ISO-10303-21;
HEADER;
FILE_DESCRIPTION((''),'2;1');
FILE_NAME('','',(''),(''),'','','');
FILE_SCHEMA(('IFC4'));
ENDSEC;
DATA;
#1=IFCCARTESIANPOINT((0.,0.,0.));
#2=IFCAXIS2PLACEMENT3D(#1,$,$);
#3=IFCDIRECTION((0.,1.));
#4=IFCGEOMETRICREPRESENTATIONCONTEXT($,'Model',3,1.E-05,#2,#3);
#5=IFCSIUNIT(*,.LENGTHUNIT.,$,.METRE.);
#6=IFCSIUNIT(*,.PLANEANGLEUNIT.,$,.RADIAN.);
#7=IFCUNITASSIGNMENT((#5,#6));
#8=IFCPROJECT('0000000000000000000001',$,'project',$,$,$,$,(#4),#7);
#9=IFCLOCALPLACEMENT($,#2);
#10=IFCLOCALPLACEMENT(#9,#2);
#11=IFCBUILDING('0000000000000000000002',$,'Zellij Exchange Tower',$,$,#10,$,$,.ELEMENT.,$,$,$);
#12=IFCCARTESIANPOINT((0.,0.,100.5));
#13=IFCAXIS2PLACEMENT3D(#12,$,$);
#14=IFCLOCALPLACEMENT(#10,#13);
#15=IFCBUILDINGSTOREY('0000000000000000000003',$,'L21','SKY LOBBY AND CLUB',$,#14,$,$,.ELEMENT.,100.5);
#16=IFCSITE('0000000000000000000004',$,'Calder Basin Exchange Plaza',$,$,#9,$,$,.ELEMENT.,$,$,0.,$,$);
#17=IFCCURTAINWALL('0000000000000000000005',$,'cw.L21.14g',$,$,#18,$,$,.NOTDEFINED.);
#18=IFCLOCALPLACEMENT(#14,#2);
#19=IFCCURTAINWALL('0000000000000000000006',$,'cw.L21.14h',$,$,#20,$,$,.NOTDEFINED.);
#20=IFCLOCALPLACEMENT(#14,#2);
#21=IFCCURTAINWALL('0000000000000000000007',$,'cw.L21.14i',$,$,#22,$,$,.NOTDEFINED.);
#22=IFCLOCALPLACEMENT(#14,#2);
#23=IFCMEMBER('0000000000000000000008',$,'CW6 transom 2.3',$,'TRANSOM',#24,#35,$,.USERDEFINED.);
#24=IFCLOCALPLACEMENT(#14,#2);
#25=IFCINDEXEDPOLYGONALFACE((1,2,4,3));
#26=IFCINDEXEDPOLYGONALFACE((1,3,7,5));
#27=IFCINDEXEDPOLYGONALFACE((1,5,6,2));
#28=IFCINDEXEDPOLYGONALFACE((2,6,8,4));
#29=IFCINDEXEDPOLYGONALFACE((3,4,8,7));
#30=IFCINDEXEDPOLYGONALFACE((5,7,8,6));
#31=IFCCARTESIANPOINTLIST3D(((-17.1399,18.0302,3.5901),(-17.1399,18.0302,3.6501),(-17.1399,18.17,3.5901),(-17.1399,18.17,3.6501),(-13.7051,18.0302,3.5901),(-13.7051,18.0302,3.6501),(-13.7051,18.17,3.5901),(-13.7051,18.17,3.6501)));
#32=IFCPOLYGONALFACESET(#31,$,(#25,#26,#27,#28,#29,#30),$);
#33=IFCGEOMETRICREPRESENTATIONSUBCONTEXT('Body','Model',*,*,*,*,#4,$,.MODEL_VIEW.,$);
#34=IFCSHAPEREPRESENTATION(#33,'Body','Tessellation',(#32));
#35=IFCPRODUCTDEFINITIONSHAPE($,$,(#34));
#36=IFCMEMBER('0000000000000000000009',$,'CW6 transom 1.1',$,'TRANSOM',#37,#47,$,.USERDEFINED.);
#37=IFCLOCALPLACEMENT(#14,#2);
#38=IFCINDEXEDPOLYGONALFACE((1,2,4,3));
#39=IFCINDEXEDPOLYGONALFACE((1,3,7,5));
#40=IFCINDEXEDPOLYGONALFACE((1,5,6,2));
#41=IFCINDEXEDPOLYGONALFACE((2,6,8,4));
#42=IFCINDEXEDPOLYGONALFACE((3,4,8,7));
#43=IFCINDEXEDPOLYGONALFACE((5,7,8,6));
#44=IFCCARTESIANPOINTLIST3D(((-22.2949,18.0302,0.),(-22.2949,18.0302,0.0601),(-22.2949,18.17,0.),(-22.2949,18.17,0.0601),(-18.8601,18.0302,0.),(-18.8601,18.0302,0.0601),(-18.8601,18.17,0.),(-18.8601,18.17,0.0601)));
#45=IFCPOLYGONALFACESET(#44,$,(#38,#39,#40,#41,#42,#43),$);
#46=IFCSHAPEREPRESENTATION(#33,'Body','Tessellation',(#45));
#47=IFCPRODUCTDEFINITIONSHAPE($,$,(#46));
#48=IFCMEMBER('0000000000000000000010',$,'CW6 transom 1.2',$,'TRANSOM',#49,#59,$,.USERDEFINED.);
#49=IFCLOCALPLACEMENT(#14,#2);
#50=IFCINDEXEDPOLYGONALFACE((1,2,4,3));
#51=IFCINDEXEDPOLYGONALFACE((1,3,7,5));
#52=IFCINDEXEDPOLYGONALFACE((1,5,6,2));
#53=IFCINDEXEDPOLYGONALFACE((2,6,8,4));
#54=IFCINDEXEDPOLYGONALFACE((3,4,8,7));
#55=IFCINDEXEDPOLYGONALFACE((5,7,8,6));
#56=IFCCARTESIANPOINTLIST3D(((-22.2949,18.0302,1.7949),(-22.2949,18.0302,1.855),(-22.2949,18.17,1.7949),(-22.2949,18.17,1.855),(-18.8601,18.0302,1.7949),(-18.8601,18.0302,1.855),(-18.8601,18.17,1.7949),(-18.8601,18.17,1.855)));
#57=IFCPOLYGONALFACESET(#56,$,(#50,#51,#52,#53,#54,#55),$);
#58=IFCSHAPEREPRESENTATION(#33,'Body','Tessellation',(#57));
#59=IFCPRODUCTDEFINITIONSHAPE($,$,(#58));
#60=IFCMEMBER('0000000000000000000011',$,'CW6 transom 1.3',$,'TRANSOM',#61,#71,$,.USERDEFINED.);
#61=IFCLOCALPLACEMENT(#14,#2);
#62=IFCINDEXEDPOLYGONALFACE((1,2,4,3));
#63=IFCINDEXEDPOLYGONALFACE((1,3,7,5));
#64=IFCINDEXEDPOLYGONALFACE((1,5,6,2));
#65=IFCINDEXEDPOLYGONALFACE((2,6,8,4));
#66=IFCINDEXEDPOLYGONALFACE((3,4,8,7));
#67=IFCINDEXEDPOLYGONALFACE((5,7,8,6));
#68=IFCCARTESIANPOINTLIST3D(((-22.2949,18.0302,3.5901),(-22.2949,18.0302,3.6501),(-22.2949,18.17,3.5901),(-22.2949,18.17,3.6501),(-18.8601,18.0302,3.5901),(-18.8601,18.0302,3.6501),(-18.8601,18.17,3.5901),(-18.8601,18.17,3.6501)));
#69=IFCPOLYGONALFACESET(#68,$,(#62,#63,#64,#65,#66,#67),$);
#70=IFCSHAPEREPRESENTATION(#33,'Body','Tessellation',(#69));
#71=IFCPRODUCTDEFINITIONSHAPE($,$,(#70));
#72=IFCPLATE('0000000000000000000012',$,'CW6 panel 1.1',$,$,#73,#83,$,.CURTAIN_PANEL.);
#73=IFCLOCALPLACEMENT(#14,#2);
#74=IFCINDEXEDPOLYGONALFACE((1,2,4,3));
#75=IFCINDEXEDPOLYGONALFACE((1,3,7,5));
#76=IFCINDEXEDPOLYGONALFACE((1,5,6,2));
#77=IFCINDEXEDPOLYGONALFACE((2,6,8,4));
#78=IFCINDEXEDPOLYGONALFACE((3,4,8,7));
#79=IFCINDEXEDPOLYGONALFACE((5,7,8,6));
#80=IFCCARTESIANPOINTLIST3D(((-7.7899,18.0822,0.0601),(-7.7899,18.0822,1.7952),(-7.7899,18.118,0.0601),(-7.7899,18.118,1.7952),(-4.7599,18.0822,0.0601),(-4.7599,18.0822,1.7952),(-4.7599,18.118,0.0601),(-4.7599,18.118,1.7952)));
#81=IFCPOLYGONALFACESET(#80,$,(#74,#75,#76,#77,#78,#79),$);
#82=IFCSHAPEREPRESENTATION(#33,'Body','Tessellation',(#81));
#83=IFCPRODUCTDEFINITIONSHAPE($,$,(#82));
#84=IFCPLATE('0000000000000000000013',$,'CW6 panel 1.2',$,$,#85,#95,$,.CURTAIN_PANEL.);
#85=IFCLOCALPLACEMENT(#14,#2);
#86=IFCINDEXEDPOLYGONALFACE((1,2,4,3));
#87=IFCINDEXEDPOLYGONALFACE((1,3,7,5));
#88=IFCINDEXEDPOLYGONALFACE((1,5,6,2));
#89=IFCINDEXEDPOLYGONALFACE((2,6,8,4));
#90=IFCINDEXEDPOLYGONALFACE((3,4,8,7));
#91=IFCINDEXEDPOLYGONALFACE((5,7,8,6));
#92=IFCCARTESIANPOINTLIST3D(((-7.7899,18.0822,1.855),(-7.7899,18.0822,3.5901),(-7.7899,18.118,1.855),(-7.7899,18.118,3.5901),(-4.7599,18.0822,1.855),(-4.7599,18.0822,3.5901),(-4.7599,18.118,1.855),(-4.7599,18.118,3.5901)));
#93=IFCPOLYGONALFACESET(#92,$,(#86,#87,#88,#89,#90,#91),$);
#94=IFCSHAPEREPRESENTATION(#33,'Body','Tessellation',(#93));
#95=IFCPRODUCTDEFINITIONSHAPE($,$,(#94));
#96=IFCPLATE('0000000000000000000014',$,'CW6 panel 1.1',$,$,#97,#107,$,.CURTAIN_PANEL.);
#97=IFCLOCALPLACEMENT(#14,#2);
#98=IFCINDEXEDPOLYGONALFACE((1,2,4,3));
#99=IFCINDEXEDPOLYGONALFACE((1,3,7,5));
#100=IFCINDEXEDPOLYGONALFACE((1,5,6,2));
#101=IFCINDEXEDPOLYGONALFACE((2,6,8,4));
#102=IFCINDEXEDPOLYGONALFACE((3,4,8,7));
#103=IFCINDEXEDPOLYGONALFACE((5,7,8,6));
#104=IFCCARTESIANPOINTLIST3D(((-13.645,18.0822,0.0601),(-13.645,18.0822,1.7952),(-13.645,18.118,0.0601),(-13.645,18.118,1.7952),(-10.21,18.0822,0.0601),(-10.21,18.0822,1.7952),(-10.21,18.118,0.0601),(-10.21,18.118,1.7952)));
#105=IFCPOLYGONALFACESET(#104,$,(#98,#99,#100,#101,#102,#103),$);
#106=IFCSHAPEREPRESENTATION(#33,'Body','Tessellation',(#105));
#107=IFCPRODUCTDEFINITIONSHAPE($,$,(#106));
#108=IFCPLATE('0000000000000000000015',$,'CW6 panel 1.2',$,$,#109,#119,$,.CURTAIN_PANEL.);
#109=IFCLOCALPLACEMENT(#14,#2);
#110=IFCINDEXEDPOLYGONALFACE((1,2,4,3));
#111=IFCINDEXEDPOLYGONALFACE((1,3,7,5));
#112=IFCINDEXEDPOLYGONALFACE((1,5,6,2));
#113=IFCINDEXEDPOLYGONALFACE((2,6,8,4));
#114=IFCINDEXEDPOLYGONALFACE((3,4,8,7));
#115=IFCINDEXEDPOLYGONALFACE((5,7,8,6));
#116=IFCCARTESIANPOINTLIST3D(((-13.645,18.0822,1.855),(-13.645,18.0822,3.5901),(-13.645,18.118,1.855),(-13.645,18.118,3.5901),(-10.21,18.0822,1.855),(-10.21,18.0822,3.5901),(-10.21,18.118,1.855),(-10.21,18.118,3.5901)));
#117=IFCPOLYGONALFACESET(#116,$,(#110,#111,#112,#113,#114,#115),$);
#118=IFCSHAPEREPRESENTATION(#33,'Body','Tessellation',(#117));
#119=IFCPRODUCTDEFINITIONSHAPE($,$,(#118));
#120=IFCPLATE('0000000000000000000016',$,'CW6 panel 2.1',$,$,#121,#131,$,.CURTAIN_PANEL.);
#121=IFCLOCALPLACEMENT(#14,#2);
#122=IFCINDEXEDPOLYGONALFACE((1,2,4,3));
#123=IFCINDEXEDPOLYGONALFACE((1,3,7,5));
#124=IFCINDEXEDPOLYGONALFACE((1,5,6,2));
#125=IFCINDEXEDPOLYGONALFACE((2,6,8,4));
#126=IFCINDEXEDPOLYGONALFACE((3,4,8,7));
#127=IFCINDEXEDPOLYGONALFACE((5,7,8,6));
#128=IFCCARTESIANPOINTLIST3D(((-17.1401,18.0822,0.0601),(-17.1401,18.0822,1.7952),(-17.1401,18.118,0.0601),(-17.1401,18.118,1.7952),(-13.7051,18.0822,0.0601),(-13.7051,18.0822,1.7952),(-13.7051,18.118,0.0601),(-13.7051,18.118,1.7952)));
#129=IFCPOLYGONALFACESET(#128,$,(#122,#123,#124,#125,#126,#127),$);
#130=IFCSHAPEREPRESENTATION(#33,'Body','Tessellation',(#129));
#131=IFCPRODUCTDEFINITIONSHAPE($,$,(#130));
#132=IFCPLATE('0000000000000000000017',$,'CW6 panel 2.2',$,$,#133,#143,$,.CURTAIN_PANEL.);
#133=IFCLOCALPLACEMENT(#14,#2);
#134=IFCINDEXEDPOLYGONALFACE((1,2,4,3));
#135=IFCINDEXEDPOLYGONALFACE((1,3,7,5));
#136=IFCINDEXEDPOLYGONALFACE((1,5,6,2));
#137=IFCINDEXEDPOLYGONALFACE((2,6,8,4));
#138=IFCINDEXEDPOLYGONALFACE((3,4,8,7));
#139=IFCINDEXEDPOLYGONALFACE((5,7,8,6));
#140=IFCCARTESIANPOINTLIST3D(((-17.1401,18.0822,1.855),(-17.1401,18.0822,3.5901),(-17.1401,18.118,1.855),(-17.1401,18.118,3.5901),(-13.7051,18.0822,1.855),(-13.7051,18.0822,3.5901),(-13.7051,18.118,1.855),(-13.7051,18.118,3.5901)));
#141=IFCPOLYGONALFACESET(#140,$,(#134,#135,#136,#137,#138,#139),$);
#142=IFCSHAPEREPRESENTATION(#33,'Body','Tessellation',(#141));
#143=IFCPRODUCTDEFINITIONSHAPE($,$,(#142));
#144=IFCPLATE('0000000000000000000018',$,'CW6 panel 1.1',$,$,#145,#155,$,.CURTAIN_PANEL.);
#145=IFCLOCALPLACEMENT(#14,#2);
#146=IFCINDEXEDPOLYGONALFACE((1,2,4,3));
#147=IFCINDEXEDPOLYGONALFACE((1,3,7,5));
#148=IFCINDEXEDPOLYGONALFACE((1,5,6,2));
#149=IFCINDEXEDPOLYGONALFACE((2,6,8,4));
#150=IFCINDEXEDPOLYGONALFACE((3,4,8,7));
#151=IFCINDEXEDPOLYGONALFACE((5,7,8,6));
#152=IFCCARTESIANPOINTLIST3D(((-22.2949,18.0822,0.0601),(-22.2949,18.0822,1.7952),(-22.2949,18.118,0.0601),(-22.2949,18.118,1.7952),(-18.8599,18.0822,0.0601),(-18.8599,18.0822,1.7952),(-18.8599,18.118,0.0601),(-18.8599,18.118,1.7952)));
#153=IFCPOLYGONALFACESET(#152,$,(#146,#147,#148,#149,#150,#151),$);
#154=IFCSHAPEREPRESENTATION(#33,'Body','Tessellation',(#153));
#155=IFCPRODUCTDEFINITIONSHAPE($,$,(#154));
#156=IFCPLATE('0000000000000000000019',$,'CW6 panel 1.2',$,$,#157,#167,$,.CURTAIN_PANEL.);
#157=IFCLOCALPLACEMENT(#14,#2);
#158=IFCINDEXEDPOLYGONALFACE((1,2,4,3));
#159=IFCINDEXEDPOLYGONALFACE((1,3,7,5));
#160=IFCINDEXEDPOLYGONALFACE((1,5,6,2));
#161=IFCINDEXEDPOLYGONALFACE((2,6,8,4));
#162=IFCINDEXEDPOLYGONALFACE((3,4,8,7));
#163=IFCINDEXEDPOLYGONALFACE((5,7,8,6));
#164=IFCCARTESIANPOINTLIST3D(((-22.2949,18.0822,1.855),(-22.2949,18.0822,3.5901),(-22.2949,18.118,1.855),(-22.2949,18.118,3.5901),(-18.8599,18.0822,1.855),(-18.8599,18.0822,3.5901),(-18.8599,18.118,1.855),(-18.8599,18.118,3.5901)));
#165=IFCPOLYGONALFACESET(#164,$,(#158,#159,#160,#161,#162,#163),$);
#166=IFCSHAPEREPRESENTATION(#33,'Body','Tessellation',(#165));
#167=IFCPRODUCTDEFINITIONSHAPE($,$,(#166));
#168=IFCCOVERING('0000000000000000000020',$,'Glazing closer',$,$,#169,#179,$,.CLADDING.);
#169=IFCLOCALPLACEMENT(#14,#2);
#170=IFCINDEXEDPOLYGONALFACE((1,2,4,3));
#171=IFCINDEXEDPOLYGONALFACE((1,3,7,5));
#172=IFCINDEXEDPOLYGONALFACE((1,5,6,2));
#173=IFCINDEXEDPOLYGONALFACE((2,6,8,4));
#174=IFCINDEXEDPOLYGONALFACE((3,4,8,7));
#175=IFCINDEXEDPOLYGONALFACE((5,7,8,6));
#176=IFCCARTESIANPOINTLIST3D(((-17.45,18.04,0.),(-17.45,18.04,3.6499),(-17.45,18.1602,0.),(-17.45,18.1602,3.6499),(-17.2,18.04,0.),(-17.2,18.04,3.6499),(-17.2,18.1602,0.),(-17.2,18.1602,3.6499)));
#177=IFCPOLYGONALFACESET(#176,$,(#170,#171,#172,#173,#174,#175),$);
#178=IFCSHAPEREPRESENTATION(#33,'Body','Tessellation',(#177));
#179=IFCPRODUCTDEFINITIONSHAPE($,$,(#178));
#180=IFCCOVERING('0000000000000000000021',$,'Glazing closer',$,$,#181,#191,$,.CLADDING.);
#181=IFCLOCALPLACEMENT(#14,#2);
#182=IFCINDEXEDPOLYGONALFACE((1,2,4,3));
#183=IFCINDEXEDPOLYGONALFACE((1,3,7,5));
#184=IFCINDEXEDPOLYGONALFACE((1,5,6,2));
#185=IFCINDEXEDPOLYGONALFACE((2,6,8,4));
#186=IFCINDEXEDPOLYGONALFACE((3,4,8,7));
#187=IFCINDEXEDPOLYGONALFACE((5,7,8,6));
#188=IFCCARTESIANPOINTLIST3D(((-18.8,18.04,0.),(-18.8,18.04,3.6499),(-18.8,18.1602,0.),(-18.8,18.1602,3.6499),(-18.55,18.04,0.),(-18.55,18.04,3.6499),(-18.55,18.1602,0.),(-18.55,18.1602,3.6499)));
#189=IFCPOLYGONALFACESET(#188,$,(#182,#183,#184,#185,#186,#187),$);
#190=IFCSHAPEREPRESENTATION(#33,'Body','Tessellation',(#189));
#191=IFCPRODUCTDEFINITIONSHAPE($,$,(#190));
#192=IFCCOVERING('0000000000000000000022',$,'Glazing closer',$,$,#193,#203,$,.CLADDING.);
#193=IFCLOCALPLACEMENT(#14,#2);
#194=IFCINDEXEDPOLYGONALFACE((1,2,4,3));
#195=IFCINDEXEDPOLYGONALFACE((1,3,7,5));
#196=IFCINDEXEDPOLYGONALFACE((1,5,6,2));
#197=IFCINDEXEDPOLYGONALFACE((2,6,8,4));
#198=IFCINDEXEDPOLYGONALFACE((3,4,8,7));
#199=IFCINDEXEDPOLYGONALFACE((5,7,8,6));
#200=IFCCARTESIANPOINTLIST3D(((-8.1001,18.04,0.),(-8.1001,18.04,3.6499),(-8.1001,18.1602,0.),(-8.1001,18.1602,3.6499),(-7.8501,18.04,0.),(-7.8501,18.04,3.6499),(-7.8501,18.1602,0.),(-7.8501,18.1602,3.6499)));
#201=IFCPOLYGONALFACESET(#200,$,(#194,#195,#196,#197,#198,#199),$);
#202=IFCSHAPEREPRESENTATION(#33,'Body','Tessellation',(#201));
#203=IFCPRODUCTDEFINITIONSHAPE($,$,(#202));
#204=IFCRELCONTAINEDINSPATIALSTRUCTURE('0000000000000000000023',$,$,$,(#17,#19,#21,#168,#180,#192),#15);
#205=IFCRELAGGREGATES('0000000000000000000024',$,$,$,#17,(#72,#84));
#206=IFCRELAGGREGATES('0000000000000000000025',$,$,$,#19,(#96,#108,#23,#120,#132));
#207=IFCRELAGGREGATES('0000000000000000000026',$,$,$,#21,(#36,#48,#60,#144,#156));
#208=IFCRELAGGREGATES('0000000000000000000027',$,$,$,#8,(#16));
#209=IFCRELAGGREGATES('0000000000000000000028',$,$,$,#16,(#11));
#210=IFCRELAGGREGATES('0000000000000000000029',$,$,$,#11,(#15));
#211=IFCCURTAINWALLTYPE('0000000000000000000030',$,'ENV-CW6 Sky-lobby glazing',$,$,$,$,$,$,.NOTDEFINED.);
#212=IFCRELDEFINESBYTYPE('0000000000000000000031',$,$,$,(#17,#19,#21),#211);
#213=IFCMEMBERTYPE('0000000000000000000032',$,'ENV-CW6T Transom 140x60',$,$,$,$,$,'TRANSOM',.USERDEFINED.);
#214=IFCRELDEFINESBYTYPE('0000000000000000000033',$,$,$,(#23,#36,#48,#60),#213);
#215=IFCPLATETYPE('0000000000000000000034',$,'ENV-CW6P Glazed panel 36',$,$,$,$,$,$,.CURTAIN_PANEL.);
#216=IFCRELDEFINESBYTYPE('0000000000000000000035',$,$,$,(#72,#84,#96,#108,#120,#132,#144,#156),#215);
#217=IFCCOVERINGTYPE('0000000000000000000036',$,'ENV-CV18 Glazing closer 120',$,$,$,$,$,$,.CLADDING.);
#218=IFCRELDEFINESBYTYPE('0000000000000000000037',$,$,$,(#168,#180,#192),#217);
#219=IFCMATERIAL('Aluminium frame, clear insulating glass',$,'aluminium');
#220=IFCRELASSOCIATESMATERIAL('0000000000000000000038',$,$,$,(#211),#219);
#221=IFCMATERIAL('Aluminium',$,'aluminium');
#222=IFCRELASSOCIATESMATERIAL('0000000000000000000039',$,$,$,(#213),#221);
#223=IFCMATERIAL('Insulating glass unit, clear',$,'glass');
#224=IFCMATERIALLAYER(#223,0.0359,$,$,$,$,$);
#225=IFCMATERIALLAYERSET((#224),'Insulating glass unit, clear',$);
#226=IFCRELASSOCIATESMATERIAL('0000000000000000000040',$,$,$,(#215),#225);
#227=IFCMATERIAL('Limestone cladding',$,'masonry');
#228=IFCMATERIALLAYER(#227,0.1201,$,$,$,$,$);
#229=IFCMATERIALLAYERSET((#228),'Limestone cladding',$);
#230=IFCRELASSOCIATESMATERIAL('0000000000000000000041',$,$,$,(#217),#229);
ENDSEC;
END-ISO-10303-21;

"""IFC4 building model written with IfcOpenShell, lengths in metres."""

from ifc_helpers import new_model, si_unit, direction, frame, origin, origin_2d, place, context, subcontext, project, spatial, rectangle, extrude, material, layer, layer_set, material_profile, profile_set, type_object, element, aggregate, save


model = new_model("IFC4")

# Units and contexts
model_context = context("Model", 3, precision=1e-05, world=origin(), true_north=direction((0.0, 1.0)))
body_context = subcontext(model_context, "Body", "Model", "MODEL_VIEW")
ifc_project = project(units=[si_unit("LENGTHUNIT", "METRE"), si_unit("PLANEANGLEUNIT", "RADIAN")], contexts=[model_context])

# Site, building, storey
site_placement = place(None, origin())
site = spatial("IfcSite", under=ifc_project, at=site_placement, Name="Calder Basin Exchange Plaza", CompositionType="ELEMENT", RefElevation=0.0)
building_placement = place(site_placement, origin())
building = spatial("IfcBuilding", under=site, at=building_placement, Name="Zellij Exchange Tower", CompositionType="ELEMENT")
storey_placement = place(building_placement, frame((0.0, 0.0, 100.5)))
storey = spatial("IfcBuildingStorey", under=building, at=storey_placement, Name="L21", Description="SKY LOBBY AND CLUB", CompositionType="ELEMENT", Elevation=100.5)

# Curtain walls
ifc_material_1 = material(Name="Aluminium frame, clear insulating glass", Category="aluminium")
curtain_wall_type = type_object("IfcCurtainWallType", Name="ENV-CW6 Sky-lobby glazing", PredefinedType="NOTDEFINED", material=ifc_material_1)
curtain_wall_1_placement = place(storey_placement, origin())
curtain_wall_1 = element("IfcCurtainWall", 1, at=curtain_wall_1_placement, inside=storey, type_object=curtain_wall_type, Name="cw.L21.14g", PredefinedType="NOTDEFINED")
ifc_material_2 = material(Name="Aluminium", Category="aluminium")
curtain_wall_2_placement = place(storey_placement, origin())
curtain_wall_2 = element("IfcCurtainWall", 2, at=curtain_wall_2_placement, inside=storey, type_object=curtain_wall_type, Name="cw.L21.14h", PredefinedType="NOTDEFINED")
curtain_wall_3_placement = place(storey_placement, origin())
curtain_wall_3 = element("IfcCurtainWall", 3, at=curtain_wall_3_placement, inside=storey, type_object=curtain_wall_type, Name="cw.L21.14i", PredefinedType="NOTDEFINED")

# Members
ifc_material_profile_1 = material_profile(ifc_material_2, rectangle(XDim=0.1399, YDim=0.0601, at=origin_2d()), Name="AL 140x60")
ifc_profile_set_1 = profile_set([ifc_material_profile_1], Name="Aluminium")
member_type_1 = type_object("IfcMemberType", Name="ENV-CW6T Transom 140x60", ElementType="TRANSOM", PredefinedType="USERDEFINED", material=ifc_profile_set_1)
member_1_placement = place(storey_placement, frame((-13.7051, 18.1001, 3.6201), z_axis=(-1.0, 0.0, 0.0), x_axis=(0.0, -1.0, 0.0)))
member_1 = element("IfcMember", 4, at=member_1_placement, type_object=member_type_1, Name="CW6 transom 2.3", ObjectType="TRANSOM", PredefinedType="USERDEFINED", context=body_context, shape_type="SweptSolid", body=[
    extrude(rectangle(XDim=0.1399, YDim=0.0601, at=origin_2d()), origin(), (0.0, 0.0, 1.0), 3.4348),
])
member_2_placement = place(storey_placement, frame((-18.8601, 18.1001, 0.03), z_axis=(-1.0, 0.0, 0.0), x_axis=(0.0, -1.0, 0.0)))
member_2 = element("IfcMember", 5, at=member_2_placement, type_object=member_type_1, Name="CW6 transom 1.1", ObjectType="TRANSOM", PredefinedType="USERDEFINED", context=body_context, shape_type="SweptSolid", body=[
    extrude(rectangle(XDim=0.1399, YDim=0.0601, at=origin_2d()), origin(), (0.0, 0.0, 1.0), 3.4348),
])
member_3_placement = place(storey_placement, frame((-18.8601, 18.1001, 1.825), z_axis=(-1.0, 0.0, 0.0), x_axis=(0.0, -1.0, 0.0)))
member_3 = element("IfcMember", 6, at=member_3_placement, type_object=member_type_1, Name="CW6 transom 1.2", ObjectType="TRANSOM", PredefinedType="USERDEFINED", context=body_context, shape_type="SweptSolid", body=[
    extrude(rectangle(XDim=0.1399, YDim=0.0601, at=origin_2d()), origin(), (0.0, 0.0, 1.0), 3.4348),
])
member_4_placement = place(storey_placement, frame((-18.8601, 18.1001, 3.6201), z_axis=(-1.0, 0.0, 0.0), x_axis=(0.0, -1.0, 0.0)))
member_4 = element("IfcMember", 7, at=member_4_placement, type_object=member_type_1, Name="CW6 transom 1.3", ObjectType="TRANSOM", PredefinedType="USERDEFINED", context=body_context, shape_type="SweptSolid", body=[
    extrude(rectangle(XDim=0.1399, YDim=0.0601, at=origin_2d()), origin(), (0.0, 0.0, 1.0), 3.4348),
])

# Plates
ifc_material_3 = material(Name="Insulating glass unit, clear", Category="glass")
ifc_layer_1 = layer(ifc_material_3, 0.0359)
ifc_layer_set_1 = layer_set([ifc_layer_1], Name="Insulating glass unit, clear")
plate_type = type_object("IfcPlateType", Name="ENV-CW6P Glazed panel 36", PredefinedType="CURTAIN_PANEL", material=ifc_layer_set_1)
plate_1_placement = place(storey_placement, frame((-6.2749, 18.1001, 0.0601), z_axis=(0.0, 0.0, 1.0), x_axis=(-1.0, 0.0, 0.0)))
plate_1 = element("IfcPlate", 8, at=plate_1_placement, type_object=plate_type, Name="CW6 panel 1.1", PredefinedType="CURTAIN_PANEL", context=body_context, shape_type="SweptSolid", body=[
    extrude(rectangle(XDim=3.03, YDim=0.0359, at=origin_2d()), origin(), (0.0, 0.0, 1.0), 1.7351),
])
plate_2_placement = place(storey_placement, frame((-6.2749, 18.1001, 1.855), z_axis=(0.0, 0.0, 1.0), x_axis=(-1.0, 0.0, 0.0)))
plate_2 = element("IfcPlate", 9, at=plate_2_placement, type_object=plate_type, Name="CW6 panel 1.2", PredefinedType="CURTAIN_PANEL", context=body_context, shape_type="SweptSolid", body=[
    extrude(rectangle(XDim=3.03, YDim=0.0359, at=origin_2d()), origin(), (0.0, 0.0, 1.0), 1.7351),
])
aggregate(curtain_wall_1, [plate_1, plate_2])
plate_3_placement = place(storey_placement, frame((-11.9275, 18.1001, 0.0601), z_axis=(0.0, 0.0, 1.0), x_axis=(-1.0, 0.0, 0.0)))
plate_3 = element("IfcPlate", 10, at=plate_3_placement, type_object=plate_type, Name="CW6 panel 1.1", PredefinedType="CURTAIN_PANEL", context=body_context, shape_type="SweptSolid", body=[
    extrude(rectangle(XDim=3.4351, YDim=0.0359, at=origin_2d()), origin(), (0.0, 0.0, 1.0), 1.7351),
])
plate_4_placement = place(storey_placement, frame((-11.9275, 18.1001, 1.855), z_axis=(0.0, 0.0, 1.0), x_axis=(-1.0, 0.0, 0.0)))
plate_4 = element("IfcPlate", 11, at=plate_4_placement, type_object=plate_type, Name="CW6 panel 1.2", PredefinedType="CURTAIN_PANEL", context=body_context, shape_type="SweptSolid", body=[
    extrude(rectangle(XDim=3.4351, YDim=0.0359, at=origin_2d()), origin(), (0.0, 0.0, 1.0), 1.7351),
])
plate_5_placement = place(storey_placement, frame((-15.4226, 18.1001, 0.0601), z_axis=(0.0, 0.0, 1.0), x_axis=(-1.0, 0.0, 0.0)))
plate_5 = element("IfcPlate", 12, at=plate_5_placement, type_object=plate_type, Name="CW6 panel 2.1", PredefinedType="CURTAIN_PANEL", context=body_context, shape_type="SweptSolid", body=[
    extrude(rectangle(XDim=3.4351, YDim=0.0359, at=origin_2d()), origin(), (0.0, 0.0, 1.0), 1.7351),
])
plate_6_placement = place(storey_placement, frame((-15.4226, 18.1001, 1.855), z_axis=(0.0, 0.0, 1.0), x_axis=(-1.0, 0.0, 0.0)))
plate_6 = element("IfcPlate", 13, at=plate_6_placement, type_object=plate_type, Name="CW6 panel 2.2", PredefinedType="CURTAIN_PANEL", context=body_context, shape_type="SweptSolid", body=[
    extrude(rectangle(XDim=3.4351, YDim=0.0359, at=origin_2d()), origin(), (0.0, 0.0, 1.0), 1.7351),
])
aggregate(curtain_wall_2, [plate_3, plate_4, member_1, plate_5, plate_6])
plate_7_placement = place(storey_placement, frame((-20.5774, 18.1001, 0.0601), z_axis=(0.0, 0.0, 1.0), x_axis=(-1.0, 0.0, 0.0)))
plate_7 = element("IfcPlate", 14, at=plate_7_placement, type_object=plate_type, Name="CW6 panel 1.1", PredefinedType="CURTAIN_PANEL", context=body_context, shape_type="SweptSolid", body=[
    extrude(rectangle(XDim=3.4351, YDim=0.0359, at=origin_2d()), origin(), (0.0, 0.0, 1.0), 1.7351),
])
plate_8_placement = place(storey_placement, frame((-20.5774, 18.1001, 1.855), z_axis=(0.0, 0.0, 1.0), x_axis=(-1.0, 0.0, 0.0)))
plate_8 = element("IfcPlate", 15, at=plate_8_placement, type_object=plate_type, Name="CW6 panel 1.2", PredefinedType="CURTAIN_PANEL", context=body_context, shape_type="SweptSolid", body=[
    extrude(rectangle(XDim=3.4351, YDim=0.0359, at=origin_2d()), origin(), (0.0, 0.0, 1.0), 1.7351),
])
aggregate(curtain_wall_3, [member_2, member_3, member_4, plate_7, plate_8])

# Coverings
ifc_material_4 = material(Name="Limestone cladding", Category="masonry")
ifc_layer_2 = layer(ifc_material_4, 0.1201)
ifc_layer_set_2 = layer_set([ifc_layer_2], Name="Limestone cladding")
covering_type = type_object("IfcCoveringType", Name="ENV-CV18 Glazing closer 120", PredefinedType="CLADDING", material=ifc_layer_set_2)
for number, where, z_axis, x_axis, name in (
    (16, (-17.325, 18.1001, 0.0), (0.0, 0.0, 1.0), (-1.0, 0.0, 0.0), "Glazing closer"),
    (17, (-18.675, 18.1001, 0.0), (0.0, 0.0, 1.0), (1.0, 0.0, 0.0), "Glazing closer"),
    (18, (-7.9751, 18.1001, 0.0), (0.0, 0.0, 1.0), (-1.0, 0.0, 0.0), "Glazing closer"),
):
    element("IfcCovering", number, at=place(storey_placement, frame(where, z_axis=z_axis, x_axis=x_axis)), inside=storey, type_object=covering_type, Name=name, PredefinedType="CLADDING", context=body_context, shape_type="SweptSolid", body=[
        extrude(rectangle(XDim=0.25, YDim=0.1201, at=origin_2d()), origin(), (0.0, 0.0, 1.0), 3.6499),
    ])

save(model, "model.ifc")
